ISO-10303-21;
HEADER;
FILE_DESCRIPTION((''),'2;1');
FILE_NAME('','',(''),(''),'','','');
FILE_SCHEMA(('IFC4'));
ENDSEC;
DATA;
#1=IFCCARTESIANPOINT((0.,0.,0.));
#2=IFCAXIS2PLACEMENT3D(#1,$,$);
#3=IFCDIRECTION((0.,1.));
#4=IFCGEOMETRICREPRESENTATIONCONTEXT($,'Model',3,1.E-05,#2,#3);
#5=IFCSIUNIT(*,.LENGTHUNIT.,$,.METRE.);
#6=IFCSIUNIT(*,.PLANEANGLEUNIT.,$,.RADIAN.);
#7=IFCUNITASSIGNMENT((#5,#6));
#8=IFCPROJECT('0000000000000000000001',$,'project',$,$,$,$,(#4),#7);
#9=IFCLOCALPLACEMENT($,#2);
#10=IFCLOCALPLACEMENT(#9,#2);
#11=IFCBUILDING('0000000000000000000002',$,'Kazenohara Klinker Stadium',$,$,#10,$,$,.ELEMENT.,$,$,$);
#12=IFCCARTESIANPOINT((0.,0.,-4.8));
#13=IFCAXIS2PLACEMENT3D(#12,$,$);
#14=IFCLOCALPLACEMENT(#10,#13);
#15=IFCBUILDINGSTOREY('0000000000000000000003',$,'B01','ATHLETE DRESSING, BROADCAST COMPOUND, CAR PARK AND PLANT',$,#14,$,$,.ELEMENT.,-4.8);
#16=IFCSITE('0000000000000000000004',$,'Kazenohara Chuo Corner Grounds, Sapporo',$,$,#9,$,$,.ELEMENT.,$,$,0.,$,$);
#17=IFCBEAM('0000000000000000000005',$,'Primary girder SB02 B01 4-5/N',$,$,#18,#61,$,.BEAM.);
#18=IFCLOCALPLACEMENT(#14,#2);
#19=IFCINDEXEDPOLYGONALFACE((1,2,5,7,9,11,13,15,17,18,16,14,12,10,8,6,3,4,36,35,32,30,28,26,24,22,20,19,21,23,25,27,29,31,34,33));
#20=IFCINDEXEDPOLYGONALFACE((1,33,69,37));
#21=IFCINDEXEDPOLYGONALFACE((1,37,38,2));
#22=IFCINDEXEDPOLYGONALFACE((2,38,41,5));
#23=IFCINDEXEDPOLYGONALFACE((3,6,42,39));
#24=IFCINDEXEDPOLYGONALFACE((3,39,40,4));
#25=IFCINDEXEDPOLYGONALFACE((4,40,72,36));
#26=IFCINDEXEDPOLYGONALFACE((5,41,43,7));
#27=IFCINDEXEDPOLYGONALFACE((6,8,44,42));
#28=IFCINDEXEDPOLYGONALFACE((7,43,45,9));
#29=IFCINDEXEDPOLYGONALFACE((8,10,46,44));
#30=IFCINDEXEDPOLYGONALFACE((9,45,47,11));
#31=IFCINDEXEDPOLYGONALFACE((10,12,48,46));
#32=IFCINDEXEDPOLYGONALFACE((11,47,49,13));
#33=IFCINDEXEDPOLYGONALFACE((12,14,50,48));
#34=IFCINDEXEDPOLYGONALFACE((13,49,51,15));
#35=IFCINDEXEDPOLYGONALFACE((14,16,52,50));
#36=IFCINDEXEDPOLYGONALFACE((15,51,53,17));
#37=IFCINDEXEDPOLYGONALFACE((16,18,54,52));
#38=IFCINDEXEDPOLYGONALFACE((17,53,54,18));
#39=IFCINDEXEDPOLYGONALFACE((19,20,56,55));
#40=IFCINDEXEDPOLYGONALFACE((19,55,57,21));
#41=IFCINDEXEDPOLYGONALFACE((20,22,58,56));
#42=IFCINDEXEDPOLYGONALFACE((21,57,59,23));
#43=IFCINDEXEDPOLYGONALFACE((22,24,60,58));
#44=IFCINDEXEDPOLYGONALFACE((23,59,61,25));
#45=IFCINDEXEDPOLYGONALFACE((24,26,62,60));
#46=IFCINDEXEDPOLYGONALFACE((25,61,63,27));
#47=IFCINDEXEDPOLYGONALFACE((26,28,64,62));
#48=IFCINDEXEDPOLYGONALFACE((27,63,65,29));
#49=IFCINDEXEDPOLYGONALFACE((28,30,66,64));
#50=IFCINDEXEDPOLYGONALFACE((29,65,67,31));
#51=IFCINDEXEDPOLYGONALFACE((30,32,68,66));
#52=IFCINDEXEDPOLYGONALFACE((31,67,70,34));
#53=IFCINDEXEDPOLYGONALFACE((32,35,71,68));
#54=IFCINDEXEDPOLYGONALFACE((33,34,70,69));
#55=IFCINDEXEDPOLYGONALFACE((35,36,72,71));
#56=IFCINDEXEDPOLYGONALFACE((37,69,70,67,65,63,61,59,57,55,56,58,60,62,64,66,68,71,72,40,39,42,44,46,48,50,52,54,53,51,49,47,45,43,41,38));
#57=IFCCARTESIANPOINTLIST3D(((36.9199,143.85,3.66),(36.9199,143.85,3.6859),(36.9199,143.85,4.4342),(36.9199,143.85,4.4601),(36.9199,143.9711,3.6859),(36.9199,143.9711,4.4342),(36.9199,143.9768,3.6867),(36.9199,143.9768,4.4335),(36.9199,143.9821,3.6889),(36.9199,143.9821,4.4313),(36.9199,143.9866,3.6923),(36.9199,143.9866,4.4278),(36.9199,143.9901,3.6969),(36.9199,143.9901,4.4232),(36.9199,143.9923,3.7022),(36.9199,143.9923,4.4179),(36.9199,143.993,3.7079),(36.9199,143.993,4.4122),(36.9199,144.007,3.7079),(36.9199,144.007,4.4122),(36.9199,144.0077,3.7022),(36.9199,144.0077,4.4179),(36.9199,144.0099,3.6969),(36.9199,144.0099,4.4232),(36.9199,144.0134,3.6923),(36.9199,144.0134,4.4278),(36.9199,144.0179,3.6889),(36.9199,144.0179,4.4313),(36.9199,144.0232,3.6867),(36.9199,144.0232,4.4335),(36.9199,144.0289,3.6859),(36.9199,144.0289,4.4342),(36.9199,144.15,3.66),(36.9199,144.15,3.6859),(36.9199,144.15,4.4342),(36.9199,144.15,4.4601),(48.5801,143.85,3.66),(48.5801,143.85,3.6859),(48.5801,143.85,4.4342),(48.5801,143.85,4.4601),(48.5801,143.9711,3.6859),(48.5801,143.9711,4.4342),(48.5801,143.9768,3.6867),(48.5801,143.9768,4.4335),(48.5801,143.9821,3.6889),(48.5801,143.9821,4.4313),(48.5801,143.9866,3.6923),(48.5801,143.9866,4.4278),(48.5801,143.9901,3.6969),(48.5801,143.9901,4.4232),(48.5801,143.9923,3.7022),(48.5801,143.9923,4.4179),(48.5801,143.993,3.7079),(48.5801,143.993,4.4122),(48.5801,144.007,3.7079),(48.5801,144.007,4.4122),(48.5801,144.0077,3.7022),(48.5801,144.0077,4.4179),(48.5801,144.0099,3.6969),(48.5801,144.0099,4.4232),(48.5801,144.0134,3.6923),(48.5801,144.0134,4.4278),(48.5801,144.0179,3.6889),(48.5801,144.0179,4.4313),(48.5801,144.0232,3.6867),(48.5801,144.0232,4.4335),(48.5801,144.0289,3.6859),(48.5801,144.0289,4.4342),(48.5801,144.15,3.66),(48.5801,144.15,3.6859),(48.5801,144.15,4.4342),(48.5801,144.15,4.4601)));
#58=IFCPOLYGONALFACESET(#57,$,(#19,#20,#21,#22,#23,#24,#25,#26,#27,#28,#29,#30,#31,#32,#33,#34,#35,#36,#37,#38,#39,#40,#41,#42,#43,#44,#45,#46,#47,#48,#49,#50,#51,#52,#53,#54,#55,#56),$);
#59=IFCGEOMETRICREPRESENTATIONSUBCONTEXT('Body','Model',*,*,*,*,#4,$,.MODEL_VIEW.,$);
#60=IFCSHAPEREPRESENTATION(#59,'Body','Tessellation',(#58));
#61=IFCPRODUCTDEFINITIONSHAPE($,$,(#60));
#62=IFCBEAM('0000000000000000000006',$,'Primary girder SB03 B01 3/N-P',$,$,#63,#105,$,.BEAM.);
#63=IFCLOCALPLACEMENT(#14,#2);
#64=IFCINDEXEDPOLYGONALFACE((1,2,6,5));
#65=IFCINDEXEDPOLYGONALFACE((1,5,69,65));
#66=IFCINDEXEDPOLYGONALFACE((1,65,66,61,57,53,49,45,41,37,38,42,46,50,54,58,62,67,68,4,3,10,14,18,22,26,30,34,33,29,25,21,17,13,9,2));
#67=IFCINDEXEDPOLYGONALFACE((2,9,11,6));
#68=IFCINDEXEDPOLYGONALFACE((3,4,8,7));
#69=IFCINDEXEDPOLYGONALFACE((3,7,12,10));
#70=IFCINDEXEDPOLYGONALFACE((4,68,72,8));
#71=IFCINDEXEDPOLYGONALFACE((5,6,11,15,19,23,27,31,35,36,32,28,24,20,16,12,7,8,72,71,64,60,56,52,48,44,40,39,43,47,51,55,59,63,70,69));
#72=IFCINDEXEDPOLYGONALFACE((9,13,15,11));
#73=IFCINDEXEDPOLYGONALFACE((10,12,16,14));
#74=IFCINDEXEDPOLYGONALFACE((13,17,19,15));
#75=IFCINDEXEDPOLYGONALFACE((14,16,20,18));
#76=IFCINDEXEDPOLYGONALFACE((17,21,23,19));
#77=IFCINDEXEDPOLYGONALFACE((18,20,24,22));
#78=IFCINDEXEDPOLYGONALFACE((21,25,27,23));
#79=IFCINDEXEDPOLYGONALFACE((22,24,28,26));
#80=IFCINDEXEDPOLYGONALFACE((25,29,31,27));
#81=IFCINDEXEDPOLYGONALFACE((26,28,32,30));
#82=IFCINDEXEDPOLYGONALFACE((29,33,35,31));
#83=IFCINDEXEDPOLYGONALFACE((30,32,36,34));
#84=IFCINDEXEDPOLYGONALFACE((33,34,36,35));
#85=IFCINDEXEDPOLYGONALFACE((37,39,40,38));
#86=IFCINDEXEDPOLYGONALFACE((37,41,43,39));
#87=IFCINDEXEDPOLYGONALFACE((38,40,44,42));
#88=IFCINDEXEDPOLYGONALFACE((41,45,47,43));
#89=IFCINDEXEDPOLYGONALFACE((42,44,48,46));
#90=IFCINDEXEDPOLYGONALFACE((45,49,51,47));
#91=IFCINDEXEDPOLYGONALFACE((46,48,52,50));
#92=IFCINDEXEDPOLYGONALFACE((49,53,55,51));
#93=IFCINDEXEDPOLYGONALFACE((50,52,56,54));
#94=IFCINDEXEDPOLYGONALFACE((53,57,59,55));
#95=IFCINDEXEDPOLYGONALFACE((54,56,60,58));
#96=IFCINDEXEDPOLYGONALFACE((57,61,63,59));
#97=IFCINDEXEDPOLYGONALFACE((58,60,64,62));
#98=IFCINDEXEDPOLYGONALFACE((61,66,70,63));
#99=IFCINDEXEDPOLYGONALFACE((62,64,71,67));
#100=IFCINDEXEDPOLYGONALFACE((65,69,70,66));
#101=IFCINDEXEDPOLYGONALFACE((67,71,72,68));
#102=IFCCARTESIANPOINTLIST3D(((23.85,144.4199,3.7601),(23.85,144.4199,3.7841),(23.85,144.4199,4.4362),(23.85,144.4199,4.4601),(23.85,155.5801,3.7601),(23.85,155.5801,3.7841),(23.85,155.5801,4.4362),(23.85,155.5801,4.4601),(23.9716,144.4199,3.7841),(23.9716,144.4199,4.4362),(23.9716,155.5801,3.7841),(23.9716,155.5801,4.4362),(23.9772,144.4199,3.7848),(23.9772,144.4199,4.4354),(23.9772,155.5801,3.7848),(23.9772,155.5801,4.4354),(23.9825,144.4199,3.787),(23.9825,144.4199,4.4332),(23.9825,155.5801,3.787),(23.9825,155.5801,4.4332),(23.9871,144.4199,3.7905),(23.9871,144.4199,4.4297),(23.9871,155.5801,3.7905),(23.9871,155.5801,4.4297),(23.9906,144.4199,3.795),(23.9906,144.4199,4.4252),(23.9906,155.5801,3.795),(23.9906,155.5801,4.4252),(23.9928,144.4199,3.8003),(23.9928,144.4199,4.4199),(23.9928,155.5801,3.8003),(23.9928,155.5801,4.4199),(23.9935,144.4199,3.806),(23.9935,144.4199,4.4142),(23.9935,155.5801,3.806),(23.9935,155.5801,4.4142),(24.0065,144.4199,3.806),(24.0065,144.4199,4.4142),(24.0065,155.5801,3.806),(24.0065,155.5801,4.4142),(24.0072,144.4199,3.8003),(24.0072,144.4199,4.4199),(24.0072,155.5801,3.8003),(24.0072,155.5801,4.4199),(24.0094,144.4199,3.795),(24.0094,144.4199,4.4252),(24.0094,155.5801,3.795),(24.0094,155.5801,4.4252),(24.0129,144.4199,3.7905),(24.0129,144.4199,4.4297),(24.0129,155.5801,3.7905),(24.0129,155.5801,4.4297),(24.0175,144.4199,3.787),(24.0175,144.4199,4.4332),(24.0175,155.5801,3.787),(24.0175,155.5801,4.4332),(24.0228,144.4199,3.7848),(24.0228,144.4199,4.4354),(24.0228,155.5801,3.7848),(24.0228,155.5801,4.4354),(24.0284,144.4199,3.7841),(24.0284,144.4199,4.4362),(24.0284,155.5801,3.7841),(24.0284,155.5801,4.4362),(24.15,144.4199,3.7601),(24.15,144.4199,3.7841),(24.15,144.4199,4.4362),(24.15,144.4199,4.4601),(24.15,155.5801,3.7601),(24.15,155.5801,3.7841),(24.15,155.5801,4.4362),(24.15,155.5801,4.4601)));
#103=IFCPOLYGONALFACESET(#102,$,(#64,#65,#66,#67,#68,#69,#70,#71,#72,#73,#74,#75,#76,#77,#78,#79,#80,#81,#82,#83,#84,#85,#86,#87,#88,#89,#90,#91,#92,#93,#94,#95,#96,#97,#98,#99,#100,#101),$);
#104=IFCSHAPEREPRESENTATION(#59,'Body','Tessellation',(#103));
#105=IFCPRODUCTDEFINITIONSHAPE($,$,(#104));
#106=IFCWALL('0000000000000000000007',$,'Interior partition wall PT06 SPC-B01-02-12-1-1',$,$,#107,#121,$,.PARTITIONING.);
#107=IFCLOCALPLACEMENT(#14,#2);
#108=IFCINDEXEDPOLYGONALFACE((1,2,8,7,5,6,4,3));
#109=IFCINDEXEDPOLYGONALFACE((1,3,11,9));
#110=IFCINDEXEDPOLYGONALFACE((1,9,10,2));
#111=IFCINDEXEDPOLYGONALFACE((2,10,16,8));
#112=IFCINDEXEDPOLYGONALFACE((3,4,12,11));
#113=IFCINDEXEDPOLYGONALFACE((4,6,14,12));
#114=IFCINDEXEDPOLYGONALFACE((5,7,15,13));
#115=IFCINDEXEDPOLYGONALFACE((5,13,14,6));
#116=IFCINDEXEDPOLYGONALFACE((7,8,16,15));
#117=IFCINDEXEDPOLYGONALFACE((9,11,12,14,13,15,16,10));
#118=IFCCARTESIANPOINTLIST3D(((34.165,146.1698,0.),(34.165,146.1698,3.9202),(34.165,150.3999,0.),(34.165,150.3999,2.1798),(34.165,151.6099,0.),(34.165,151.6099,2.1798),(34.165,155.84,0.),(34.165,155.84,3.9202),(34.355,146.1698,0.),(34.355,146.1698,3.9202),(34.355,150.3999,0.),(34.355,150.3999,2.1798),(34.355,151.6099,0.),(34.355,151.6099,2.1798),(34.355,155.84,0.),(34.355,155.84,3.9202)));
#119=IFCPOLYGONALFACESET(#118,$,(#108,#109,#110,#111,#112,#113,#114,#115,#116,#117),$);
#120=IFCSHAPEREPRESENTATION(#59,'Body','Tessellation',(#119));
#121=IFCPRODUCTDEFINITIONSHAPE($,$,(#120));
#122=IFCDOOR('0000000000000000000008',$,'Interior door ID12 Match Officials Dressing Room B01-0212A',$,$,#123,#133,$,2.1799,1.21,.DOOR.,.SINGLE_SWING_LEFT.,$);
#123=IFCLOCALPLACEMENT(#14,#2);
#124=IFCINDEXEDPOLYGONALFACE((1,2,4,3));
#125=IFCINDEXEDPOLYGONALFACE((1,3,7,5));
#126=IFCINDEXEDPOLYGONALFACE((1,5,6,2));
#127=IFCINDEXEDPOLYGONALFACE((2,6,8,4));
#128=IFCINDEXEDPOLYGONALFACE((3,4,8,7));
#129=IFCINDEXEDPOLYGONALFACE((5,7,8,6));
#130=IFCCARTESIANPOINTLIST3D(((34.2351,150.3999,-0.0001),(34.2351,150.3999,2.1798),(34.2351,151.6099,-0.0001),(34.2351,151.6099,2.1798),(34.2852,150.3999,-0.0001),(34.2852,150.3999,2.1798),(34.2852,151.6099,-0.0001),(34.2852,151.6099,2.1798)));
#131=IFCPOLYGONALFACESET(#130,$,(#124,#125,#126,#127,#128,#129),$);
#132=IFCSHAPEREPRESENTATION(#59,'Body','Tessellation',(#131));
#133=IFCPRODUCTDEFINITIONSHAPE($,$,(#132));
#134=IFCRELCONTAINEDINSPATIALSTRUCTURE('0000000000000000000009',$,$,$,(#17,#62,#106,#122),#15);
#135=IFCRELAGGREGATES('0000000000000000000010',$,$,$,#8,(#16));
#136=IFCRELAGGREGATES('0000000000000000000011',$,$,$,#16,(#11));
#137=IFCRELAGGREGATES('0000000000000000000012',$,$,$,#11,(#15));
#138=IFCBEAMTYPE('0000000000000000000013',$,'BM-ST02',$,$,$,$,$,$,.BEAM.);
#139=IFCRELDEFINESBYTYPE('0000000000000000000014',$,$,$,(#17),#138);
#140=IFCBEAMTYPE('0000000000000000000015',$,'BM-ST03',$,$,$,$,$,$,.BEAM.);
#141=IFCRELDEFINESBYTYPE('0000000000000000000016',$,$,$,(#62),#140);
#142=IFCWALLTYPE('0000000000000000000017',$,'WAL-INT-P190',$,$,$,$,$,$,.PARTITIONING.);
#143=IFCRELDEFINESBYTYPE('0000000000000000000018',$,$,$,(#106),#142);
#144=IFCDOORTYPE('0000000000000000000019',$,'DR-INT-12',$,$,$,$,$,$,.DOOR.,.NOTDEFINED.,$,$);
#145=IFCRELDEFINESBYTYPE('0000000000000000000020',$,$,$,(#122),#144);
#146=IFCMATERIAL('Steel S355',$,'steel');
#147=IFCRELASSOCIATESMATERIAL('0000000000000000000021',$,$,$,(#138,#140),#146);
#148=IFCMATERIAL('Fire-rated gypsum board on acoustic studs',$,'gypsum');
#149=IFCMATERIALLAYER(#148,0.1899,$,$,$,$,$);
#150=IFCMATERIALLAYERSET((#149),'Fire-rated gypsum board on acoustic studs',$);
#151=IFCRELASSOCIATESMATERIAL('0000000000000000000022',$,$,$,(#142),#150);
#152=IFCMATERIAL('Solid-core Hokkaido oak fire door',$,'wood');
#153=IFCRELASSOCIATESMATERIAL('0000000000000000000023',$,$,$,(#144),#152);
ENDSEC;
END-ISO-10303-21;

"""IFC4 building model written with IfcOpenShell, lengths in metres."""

from ifc_helpers import new_model, si_unit, direction, frame, frame_2d, origin, origin_2d, place, context, subcontext, project, spatial, rectangle, i_section, extrude, material, layer, layer_set, material_profile, profile_set, type_object, element, fill, save


model = new_model("IFC4")

# Units and contexts
model_context = context("Model", 3, precision=1e-05, world=origin(), true_north=direction((0.0, 1.0)))
body_context = subcontext(model_context, "Body", "Model", "MODEL_VIEW")
ifc_project = project(units=[si_unit("LENGTHUNIT", "METRE"), si_unit("PLANEANGLEUNIT", "RADIAN")], contexts=[model_context])

# Site, building, storey
site_placement = place(None, origin())
site = spatial("IfcSite", under=ifc_project, at=site_placement, Name="Kazenohara Chuo Corner Grounds, Sapporo", CompositionType="ELEMENT", RefElevation=0.0)
building_placement = place(site_placement, origin())
building = spatial("IfcBuilding", under=site, at=building_placement, Name="Kazenohara Klinker Stadium", CompositionType="ELEMENT")
storey_placement = place(building_placement, frame((0.0, 0.0, -4.8)))
storey = spatial("IfcBuildingStorey", under=building, at=storey_placement, Name="B01", Description="ATHLETE DRESSING, BROADCAST COMPOUND, CAR PARK AND PLANT", CompositionType="ELEMENT", Elevation=-4.8)

# Beams
ifc_material_1 = material(Name="Steel S355", Category="steel")
ifc_material_profile_1 = material_profile(ifc_material_1, i_section(OverallWidth=0.3, OverallDepth=0.8, WebThickness=0.0139, FlangeThickness=0.0259, FilletRadius=0.022, at=origin_2d()), Name="H-800x300x14x26")
ifc_profile_set_1 = profile_set([ifc_material_profile_1], Name="Steel S355")
beam_type_1 = type_object("IfcBeamType", Name="BM-ST02", PredefinedType="BEAM", material=ifc_profile_set_1)
for number, where, z_axis, x_axis, name in (
    (1, (36.9199, 144.0, 4.0601), (1.0, 0.0, 0.0), (0.0, 1.0, 0.0), "Primary girder SB02 B01 4-5/N"),
):
    element("IfcBeam", number, at=place(storey_placement, frame(where, z_axis=z_axis, x_axis=x_axis)), inside=storey, type_object=beam_type_1, Name=name, PredefinedType="BEAM", context=body_context, shape_type="SweptSolid", body=[
        extrude(i_section(OverallWidth=0.3, OverallDepth=0.8, WebThickness=0.0139, FlangeThickness=0.0259, FilletRadius=0.022, at=origin_2d()), origin(), (0.0, 0.0, 1.0), 11.6602),
    ])
ifc_material_profile_2 = material_profile(ifc_material_1, i_section(OverallWidth=0.3, OverallDepth=0.7, WebThickness=0.0129, FlangeThickness=0.0239, FilletRadius=0.022, at=origin_2d()), Name="H-700x300x13x24")
ifc_profile_set_2 = profile_set([ifc_material_profile_2], Name="Steel S355")
beam_type_2 = type_object("IfcBeamType", Name="BM-ST03", PredefinedType="BEAM", material=ifc_profile_set_2)
beam_1_placement = place(storey_placement, frame((24.0, 144.4199, 4.1101), z_axis=(0.0, 1.0, 0.0), x_axis=(-1.0, 0.0, 0.0)))
element("IfcBeam", 2, at=beam_1_placement, inside=storey, type_object=beam_type_2, Name="Primary girder SB03 B01 3/N-P", PredefinedType="BEAM", context=body_context, shape_type="SweptSolid", body=[
    extrude(i_section(OverallWidth=0.3, OverallDepth=0.7, WebThickness=0.0129, FlangeThickness=0.0239, FilletRadius=0.022, at=origin_2d()), origin(), (0.0, 0.0, 1.0), 11.1602),
])

# Wall, opening, door
ifc_material_2 = material(Name="Fire-rated gypsum board on acoustic studs", Category="gypsum")
ifc_layer = layer(ifc_material_2, 0.1899)
ifc_layer_set = layer_set([ifc_layer], Name="Fire-rated gypsum board on acoustic studs")
wall_type = type_object("IfcWallType", Name="WAL-INT-P190", PredefinedType="PARTITIONING", material=ifc_layer_set)
wall_placement = place(storey_placement, frame((34.26, 146.1699, 0.0), z_axis=(0.0, 0.0, 1.0), x_axis=(0.0, 1.0, 0.0)))
wall = element("IfcWall", 3, at=wall_placement, inside=storey, type_object=wall_type, Name="Interior partition wall PT06 SPC-B01-02-12-1-1", PredefinedType="PARTITIONING", context=body_context, shape_type="SweptSolid", body=[
    extrude(rectangle(XDim=9.6702, YDim=0.1899, at=frame_2d((4.835, 0.0))), origin(), (0.0, 0.0, 1.0), 3.9202),
])
opening_placement = place(wall_placement, frame((4.23, 0.0, 0.0)))
opening = element("IfcOpeningElement", 4, at=opening_placement, cuts=wall, PredefinedType="OPENING", context=body_context, shape_type="SweptSolid", body=[
    extrude(rectangle(XDim=1.21, YDim=2.1799, at=frame_2d((0.605, 1.0898))), frame((0.0, 0.105, 0.0), z_axis=(0.0, -1.0, 0.0), x_axis=(1.0, 0.0, 0.0)), (0.0, 0.0, 1.0), 0.21),
])
ifc_material_3 = material(Name="Solid-core Hokkaido oak fire door", Category="wood")
door_type = type_object("IfcDoorType", Name="DR-INT-12", OperationType="NOTDEFINED", PredefinedType="DOOR", material=ifc_material_3)
door_placement = place(opening_placement, origin())
door = element("IfcDoor", 5, at=door_placement, inside=storey, type_object=door_type, Name="Interior door ID12 Match Officials Dressing Room B01-0212A", OperationType="SINGLE_SWING_LEFT", OverallHeight=2.1799, OverallWidth=1.21, PredefinedType="DOOR", context=body_context, shape_type="SweptSolid", body=[
    extrude(rectangle(XDim=1.21, YDim=2.1799, at=frame_2d((0.605, 1.0898))), frame((0.0, 0.0249, 0.0), z_axis=(0.0, -1.0, 0.0), x_axis=(1.0, 0.0, 0.0)), (0.0, 0.0, 1.0), 0.05),
])
fill(opening, door)

save(model, "model.ifc")
